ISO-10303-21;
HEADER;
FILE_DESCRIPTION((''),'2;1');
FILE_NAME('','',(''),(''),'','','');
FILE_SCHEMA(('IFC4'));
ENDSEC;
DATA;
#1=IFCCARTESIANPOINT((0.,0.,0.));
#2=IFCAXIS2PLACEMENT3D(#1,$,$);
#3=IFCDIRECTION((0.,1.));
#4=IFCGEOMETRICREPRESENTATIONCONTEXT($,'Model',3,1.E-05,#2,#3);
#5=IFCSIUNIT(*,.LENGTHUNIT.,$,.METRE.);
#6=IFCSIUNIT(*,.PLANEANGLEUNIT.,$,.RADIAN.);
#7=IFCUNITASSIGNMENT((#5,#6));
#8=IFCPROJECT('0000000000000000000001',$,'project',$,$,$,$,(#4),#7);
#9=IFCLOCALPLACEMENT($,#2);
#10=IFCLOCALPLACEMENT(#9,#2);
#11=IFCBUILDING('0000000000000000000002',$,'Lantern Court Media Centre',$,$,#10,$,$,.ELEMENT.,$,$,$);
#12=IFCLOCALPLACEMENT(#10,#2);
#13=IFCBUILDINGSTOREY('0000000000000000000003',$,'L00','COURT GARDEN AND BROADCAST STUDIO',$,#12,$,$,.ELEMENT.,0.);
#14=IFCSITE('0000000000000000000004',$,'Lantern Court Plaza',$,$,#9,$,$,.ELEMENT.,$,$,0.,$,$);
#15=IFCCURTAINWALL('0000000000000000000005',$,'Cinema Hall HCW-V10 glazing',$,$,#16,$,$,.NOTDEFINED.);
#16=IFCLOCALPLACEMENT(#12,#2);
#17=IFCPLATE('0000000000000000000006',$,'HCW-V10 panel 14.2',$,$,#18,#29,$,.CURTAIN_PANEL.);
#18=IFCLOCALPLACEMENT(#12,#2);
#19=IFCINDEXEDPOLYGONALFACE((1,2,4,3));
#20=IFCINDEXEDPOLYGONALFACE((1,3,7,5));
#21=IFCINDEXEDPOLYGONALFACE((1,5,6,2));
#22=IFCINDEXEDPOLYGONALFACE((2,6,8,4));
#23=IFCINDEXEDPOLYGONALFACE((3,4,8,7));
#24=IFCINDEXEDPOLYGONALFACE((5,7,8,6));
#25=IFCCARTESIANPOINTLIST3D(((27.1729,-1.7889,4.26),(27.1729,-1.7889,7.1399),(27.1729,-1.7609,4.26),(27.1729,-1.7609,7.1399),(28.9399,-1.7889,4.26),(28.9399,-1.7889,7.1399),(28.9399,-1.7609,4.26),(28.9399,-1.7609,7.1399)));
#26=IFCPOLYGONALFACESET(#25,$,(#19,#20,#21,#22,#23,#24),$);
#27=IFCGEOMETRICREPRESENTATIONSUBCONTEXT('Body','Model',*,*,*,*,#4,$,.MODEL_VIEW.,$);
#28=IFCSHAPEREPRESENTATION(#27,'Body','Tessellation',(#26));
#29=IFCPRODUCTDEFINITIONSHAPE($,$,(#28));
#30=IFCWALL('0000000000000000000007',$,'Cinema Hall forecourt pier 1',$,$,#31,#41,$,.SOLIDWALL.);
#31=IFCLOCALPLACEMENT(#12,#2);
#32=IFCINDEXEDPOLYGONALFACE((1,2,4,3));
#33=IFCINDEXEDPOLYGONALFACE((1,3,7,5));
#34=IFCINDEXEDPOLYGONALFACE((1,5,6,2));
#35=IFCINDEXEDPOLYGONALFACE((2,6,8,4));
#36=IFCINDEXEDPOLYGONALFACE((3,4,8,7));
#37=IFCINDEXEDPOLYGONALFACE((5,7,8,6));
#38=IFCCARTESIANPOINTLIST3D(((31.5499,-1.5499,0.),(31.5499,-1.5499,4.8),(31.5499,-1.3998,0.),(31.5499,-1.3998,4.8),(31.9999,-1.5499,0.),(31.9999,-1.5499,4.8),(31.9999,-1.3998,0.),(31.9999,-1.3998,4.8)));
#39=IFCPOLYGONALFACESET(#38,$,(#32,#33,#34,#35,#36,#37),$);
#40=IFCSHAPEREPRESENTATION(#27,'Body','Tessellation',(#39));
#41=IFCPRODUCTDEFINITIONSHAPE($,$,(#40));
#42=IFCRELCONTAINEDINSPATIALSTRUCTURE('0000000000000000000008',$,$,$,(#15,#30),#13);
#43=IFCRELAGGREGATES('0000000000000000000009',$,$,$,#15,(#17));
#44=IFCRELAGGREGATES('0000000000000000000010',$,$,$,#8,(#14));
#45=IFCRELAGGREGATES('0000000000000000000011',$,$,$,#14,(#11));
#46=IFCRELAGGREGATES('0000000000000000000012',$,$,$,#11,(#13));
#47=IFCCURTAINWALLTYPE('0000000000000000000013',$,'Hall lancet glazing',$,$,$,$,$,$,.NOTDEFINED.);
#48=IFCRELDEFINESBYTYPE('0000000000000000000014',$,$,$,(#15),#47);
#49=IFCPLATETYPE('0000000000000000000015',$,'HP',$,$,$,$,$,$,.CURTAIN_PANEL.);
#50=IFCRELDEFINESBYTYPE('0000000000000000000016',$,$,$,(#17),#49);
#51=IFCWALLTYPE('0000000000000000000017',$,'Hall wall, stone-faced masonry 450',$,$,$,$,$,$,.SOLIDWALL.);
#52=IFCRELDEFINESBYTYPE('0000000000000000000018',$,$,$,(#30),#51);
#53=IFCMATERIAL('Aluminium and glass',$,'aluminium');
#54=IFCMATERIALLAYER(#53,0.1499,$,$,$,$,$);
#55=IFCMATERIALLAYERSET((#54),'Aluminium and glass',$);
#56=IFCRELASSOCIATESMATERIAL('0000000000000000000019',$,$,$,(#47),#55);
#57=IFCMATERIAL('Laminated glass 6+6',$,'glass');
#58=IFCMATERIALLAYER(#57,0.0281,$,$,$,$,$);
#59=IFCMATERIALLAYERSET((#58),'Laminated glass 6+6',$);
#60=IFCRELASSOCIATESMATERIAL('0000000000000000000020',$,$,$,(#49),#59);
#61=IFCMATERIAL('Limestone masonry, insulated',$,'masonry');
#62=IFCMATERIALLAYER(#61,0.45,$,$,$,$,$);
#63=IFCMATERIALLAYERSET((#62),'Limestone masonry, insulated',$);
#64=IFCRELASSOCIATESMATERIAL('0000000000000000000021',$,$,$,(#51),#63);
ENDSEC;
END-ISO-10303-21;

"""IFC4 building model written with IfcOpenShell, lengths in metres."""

from ifc_helpers import new_model, si_unit, direction, frame, frame_2d, origin, origin_2d, place, context, subcontext, project, spatial, rectangle, extrude, material, layer, layer_set, type_object, element, aggregate, save


model = new_model("IFC4")

# Units and contexts
model_context = context("Model", 3, precision=1e-05, world=origin(), true_north=direction((0.0, 1.0)))
body_context = subcontext(model_context, "Body", "Model", "MODEL_VIEW")
ifc_project = project(units=[si_unit("LENGTHUNIT", "METRE"), si_unit("PLANEANGLEUNIT", "RADIAN")], contexts=[model_context])

# Site, building, storey
site_placement = place(None, origin())
site = spatial("IfcSite", under=ifc_project, at=site_placement, Name="Lantern Court Plaza", CompositionType="ELEMENT", RefElevation=0.0)
building_placement = place(site_placement, origin())
building = spatial("IfcBuilding", under=site, at=building_placement, Name="Lantern Court Media Centre", CompositionType="ELEMENT")
storey_placement = place(building_placement, origin())
storey = spatial("IfcBuildingStorey", under=building, at=storey_placement, Name="L00", Description="COURT GARDEN AND BROADCAST STUDIO", CompositionType="ELEMENT", Elevation=0.0)

# Curtain wall
ifc_material_1 = material(Name="Aluminium and glass", Category="aluminium")
ifc_layer_1 = layer(ifc_material_1, 0.1499)
ifc_layer_set_1 = layer_set([ifc_layer_1], Name="Aluminium and glass")
curtain_wall_type = type_object("IfcCurtainWallType", Name="Hall lancet glazing", PredefinedType="NOTDEFINED", material=ifc_layer_set_1)
curtain_wall_1_placement = place(storey_placement, origin())
curtain_wall_1 = element("IfcCurtainWall", 1, at=curtain_wall_1_placement, inside=storey, type_object=curtain_wall_type, Name="Cinema Hall HCW-V10 glazing", PredefinedType="NOTDEFINED")

# Plate
ifc_material_2 = material(Name="Laminated glass 6+6", Category="glass")
ifc_layer_2 = layer(ifc_material_2, 0.0281)
ifc_layer_set_2 = layer_set([ifc_layer_2], Name="Laminated glass 6+6")
plate_type = type_object("IfcPlateType", Name="HP", PredefinedType="CURTAIN_PANEL", material=ifc_layer_set_2)
plate_1_placement = place(storey_placement, frame((28.0564, -1.7749, 4.26), z_axis=(0.0, 0.0, 1.0), x_axis=(1.0, 0.0, 0.0)))
plate_1 = element("IfcPlate", 2, at=plate_1_placement, type_object=plate_type, Name="HCW-V10 panel 14.2", PredefinedType="CURTAIN_PANEL", context=body_context, shape_type="SweptSolid", body=[
    extrude(rectangle(XDim=1.7671, YDim=0.0281, at=origin_2d()), origin(), (0.0, 0.0, 1.0), 2.8799),
])
aggregate(curtain_wall_1, [plate_1])

# Wall
ifc_material_3 = material(Name="Limestone masonry, insulated", Category="masonry")
ifc_layer_3 = layer(ifc_material_3, 0.45)
ifc_layer_set_3 = layer_set([ifc_layer_3], Name="Limestone masonry, insulated")
wall_type = type_object("IfcWallType", Name="Hall wall, stone-faced masonry 450", PredefinedType="SOLIDWALL", material=ifc_layer_set_3)
wall_1_placement = place(storey_placement, frame((31.7749, -1.55, 0.0), z_axis=(0.0, 0.0, 1.0), x_axis=(0.0, 1.0, 0.0)))
element("IfcWall", 3, at=wall_1_placement, inside=storey, type_object=wall_type, Name="Cinema Hall forecourt pier 1", PredefinedType="SOLIDWALL", context=body_context, shape_type="SweptSolid", body=[
    extrude(rectangle(XDim=0.1501, YDim=0.45, at=frame_2d((0.0752, 0.0))), origin(), (0.0, 0.0, 1.0), 4.8),
])

save(model, "model.ifc")
